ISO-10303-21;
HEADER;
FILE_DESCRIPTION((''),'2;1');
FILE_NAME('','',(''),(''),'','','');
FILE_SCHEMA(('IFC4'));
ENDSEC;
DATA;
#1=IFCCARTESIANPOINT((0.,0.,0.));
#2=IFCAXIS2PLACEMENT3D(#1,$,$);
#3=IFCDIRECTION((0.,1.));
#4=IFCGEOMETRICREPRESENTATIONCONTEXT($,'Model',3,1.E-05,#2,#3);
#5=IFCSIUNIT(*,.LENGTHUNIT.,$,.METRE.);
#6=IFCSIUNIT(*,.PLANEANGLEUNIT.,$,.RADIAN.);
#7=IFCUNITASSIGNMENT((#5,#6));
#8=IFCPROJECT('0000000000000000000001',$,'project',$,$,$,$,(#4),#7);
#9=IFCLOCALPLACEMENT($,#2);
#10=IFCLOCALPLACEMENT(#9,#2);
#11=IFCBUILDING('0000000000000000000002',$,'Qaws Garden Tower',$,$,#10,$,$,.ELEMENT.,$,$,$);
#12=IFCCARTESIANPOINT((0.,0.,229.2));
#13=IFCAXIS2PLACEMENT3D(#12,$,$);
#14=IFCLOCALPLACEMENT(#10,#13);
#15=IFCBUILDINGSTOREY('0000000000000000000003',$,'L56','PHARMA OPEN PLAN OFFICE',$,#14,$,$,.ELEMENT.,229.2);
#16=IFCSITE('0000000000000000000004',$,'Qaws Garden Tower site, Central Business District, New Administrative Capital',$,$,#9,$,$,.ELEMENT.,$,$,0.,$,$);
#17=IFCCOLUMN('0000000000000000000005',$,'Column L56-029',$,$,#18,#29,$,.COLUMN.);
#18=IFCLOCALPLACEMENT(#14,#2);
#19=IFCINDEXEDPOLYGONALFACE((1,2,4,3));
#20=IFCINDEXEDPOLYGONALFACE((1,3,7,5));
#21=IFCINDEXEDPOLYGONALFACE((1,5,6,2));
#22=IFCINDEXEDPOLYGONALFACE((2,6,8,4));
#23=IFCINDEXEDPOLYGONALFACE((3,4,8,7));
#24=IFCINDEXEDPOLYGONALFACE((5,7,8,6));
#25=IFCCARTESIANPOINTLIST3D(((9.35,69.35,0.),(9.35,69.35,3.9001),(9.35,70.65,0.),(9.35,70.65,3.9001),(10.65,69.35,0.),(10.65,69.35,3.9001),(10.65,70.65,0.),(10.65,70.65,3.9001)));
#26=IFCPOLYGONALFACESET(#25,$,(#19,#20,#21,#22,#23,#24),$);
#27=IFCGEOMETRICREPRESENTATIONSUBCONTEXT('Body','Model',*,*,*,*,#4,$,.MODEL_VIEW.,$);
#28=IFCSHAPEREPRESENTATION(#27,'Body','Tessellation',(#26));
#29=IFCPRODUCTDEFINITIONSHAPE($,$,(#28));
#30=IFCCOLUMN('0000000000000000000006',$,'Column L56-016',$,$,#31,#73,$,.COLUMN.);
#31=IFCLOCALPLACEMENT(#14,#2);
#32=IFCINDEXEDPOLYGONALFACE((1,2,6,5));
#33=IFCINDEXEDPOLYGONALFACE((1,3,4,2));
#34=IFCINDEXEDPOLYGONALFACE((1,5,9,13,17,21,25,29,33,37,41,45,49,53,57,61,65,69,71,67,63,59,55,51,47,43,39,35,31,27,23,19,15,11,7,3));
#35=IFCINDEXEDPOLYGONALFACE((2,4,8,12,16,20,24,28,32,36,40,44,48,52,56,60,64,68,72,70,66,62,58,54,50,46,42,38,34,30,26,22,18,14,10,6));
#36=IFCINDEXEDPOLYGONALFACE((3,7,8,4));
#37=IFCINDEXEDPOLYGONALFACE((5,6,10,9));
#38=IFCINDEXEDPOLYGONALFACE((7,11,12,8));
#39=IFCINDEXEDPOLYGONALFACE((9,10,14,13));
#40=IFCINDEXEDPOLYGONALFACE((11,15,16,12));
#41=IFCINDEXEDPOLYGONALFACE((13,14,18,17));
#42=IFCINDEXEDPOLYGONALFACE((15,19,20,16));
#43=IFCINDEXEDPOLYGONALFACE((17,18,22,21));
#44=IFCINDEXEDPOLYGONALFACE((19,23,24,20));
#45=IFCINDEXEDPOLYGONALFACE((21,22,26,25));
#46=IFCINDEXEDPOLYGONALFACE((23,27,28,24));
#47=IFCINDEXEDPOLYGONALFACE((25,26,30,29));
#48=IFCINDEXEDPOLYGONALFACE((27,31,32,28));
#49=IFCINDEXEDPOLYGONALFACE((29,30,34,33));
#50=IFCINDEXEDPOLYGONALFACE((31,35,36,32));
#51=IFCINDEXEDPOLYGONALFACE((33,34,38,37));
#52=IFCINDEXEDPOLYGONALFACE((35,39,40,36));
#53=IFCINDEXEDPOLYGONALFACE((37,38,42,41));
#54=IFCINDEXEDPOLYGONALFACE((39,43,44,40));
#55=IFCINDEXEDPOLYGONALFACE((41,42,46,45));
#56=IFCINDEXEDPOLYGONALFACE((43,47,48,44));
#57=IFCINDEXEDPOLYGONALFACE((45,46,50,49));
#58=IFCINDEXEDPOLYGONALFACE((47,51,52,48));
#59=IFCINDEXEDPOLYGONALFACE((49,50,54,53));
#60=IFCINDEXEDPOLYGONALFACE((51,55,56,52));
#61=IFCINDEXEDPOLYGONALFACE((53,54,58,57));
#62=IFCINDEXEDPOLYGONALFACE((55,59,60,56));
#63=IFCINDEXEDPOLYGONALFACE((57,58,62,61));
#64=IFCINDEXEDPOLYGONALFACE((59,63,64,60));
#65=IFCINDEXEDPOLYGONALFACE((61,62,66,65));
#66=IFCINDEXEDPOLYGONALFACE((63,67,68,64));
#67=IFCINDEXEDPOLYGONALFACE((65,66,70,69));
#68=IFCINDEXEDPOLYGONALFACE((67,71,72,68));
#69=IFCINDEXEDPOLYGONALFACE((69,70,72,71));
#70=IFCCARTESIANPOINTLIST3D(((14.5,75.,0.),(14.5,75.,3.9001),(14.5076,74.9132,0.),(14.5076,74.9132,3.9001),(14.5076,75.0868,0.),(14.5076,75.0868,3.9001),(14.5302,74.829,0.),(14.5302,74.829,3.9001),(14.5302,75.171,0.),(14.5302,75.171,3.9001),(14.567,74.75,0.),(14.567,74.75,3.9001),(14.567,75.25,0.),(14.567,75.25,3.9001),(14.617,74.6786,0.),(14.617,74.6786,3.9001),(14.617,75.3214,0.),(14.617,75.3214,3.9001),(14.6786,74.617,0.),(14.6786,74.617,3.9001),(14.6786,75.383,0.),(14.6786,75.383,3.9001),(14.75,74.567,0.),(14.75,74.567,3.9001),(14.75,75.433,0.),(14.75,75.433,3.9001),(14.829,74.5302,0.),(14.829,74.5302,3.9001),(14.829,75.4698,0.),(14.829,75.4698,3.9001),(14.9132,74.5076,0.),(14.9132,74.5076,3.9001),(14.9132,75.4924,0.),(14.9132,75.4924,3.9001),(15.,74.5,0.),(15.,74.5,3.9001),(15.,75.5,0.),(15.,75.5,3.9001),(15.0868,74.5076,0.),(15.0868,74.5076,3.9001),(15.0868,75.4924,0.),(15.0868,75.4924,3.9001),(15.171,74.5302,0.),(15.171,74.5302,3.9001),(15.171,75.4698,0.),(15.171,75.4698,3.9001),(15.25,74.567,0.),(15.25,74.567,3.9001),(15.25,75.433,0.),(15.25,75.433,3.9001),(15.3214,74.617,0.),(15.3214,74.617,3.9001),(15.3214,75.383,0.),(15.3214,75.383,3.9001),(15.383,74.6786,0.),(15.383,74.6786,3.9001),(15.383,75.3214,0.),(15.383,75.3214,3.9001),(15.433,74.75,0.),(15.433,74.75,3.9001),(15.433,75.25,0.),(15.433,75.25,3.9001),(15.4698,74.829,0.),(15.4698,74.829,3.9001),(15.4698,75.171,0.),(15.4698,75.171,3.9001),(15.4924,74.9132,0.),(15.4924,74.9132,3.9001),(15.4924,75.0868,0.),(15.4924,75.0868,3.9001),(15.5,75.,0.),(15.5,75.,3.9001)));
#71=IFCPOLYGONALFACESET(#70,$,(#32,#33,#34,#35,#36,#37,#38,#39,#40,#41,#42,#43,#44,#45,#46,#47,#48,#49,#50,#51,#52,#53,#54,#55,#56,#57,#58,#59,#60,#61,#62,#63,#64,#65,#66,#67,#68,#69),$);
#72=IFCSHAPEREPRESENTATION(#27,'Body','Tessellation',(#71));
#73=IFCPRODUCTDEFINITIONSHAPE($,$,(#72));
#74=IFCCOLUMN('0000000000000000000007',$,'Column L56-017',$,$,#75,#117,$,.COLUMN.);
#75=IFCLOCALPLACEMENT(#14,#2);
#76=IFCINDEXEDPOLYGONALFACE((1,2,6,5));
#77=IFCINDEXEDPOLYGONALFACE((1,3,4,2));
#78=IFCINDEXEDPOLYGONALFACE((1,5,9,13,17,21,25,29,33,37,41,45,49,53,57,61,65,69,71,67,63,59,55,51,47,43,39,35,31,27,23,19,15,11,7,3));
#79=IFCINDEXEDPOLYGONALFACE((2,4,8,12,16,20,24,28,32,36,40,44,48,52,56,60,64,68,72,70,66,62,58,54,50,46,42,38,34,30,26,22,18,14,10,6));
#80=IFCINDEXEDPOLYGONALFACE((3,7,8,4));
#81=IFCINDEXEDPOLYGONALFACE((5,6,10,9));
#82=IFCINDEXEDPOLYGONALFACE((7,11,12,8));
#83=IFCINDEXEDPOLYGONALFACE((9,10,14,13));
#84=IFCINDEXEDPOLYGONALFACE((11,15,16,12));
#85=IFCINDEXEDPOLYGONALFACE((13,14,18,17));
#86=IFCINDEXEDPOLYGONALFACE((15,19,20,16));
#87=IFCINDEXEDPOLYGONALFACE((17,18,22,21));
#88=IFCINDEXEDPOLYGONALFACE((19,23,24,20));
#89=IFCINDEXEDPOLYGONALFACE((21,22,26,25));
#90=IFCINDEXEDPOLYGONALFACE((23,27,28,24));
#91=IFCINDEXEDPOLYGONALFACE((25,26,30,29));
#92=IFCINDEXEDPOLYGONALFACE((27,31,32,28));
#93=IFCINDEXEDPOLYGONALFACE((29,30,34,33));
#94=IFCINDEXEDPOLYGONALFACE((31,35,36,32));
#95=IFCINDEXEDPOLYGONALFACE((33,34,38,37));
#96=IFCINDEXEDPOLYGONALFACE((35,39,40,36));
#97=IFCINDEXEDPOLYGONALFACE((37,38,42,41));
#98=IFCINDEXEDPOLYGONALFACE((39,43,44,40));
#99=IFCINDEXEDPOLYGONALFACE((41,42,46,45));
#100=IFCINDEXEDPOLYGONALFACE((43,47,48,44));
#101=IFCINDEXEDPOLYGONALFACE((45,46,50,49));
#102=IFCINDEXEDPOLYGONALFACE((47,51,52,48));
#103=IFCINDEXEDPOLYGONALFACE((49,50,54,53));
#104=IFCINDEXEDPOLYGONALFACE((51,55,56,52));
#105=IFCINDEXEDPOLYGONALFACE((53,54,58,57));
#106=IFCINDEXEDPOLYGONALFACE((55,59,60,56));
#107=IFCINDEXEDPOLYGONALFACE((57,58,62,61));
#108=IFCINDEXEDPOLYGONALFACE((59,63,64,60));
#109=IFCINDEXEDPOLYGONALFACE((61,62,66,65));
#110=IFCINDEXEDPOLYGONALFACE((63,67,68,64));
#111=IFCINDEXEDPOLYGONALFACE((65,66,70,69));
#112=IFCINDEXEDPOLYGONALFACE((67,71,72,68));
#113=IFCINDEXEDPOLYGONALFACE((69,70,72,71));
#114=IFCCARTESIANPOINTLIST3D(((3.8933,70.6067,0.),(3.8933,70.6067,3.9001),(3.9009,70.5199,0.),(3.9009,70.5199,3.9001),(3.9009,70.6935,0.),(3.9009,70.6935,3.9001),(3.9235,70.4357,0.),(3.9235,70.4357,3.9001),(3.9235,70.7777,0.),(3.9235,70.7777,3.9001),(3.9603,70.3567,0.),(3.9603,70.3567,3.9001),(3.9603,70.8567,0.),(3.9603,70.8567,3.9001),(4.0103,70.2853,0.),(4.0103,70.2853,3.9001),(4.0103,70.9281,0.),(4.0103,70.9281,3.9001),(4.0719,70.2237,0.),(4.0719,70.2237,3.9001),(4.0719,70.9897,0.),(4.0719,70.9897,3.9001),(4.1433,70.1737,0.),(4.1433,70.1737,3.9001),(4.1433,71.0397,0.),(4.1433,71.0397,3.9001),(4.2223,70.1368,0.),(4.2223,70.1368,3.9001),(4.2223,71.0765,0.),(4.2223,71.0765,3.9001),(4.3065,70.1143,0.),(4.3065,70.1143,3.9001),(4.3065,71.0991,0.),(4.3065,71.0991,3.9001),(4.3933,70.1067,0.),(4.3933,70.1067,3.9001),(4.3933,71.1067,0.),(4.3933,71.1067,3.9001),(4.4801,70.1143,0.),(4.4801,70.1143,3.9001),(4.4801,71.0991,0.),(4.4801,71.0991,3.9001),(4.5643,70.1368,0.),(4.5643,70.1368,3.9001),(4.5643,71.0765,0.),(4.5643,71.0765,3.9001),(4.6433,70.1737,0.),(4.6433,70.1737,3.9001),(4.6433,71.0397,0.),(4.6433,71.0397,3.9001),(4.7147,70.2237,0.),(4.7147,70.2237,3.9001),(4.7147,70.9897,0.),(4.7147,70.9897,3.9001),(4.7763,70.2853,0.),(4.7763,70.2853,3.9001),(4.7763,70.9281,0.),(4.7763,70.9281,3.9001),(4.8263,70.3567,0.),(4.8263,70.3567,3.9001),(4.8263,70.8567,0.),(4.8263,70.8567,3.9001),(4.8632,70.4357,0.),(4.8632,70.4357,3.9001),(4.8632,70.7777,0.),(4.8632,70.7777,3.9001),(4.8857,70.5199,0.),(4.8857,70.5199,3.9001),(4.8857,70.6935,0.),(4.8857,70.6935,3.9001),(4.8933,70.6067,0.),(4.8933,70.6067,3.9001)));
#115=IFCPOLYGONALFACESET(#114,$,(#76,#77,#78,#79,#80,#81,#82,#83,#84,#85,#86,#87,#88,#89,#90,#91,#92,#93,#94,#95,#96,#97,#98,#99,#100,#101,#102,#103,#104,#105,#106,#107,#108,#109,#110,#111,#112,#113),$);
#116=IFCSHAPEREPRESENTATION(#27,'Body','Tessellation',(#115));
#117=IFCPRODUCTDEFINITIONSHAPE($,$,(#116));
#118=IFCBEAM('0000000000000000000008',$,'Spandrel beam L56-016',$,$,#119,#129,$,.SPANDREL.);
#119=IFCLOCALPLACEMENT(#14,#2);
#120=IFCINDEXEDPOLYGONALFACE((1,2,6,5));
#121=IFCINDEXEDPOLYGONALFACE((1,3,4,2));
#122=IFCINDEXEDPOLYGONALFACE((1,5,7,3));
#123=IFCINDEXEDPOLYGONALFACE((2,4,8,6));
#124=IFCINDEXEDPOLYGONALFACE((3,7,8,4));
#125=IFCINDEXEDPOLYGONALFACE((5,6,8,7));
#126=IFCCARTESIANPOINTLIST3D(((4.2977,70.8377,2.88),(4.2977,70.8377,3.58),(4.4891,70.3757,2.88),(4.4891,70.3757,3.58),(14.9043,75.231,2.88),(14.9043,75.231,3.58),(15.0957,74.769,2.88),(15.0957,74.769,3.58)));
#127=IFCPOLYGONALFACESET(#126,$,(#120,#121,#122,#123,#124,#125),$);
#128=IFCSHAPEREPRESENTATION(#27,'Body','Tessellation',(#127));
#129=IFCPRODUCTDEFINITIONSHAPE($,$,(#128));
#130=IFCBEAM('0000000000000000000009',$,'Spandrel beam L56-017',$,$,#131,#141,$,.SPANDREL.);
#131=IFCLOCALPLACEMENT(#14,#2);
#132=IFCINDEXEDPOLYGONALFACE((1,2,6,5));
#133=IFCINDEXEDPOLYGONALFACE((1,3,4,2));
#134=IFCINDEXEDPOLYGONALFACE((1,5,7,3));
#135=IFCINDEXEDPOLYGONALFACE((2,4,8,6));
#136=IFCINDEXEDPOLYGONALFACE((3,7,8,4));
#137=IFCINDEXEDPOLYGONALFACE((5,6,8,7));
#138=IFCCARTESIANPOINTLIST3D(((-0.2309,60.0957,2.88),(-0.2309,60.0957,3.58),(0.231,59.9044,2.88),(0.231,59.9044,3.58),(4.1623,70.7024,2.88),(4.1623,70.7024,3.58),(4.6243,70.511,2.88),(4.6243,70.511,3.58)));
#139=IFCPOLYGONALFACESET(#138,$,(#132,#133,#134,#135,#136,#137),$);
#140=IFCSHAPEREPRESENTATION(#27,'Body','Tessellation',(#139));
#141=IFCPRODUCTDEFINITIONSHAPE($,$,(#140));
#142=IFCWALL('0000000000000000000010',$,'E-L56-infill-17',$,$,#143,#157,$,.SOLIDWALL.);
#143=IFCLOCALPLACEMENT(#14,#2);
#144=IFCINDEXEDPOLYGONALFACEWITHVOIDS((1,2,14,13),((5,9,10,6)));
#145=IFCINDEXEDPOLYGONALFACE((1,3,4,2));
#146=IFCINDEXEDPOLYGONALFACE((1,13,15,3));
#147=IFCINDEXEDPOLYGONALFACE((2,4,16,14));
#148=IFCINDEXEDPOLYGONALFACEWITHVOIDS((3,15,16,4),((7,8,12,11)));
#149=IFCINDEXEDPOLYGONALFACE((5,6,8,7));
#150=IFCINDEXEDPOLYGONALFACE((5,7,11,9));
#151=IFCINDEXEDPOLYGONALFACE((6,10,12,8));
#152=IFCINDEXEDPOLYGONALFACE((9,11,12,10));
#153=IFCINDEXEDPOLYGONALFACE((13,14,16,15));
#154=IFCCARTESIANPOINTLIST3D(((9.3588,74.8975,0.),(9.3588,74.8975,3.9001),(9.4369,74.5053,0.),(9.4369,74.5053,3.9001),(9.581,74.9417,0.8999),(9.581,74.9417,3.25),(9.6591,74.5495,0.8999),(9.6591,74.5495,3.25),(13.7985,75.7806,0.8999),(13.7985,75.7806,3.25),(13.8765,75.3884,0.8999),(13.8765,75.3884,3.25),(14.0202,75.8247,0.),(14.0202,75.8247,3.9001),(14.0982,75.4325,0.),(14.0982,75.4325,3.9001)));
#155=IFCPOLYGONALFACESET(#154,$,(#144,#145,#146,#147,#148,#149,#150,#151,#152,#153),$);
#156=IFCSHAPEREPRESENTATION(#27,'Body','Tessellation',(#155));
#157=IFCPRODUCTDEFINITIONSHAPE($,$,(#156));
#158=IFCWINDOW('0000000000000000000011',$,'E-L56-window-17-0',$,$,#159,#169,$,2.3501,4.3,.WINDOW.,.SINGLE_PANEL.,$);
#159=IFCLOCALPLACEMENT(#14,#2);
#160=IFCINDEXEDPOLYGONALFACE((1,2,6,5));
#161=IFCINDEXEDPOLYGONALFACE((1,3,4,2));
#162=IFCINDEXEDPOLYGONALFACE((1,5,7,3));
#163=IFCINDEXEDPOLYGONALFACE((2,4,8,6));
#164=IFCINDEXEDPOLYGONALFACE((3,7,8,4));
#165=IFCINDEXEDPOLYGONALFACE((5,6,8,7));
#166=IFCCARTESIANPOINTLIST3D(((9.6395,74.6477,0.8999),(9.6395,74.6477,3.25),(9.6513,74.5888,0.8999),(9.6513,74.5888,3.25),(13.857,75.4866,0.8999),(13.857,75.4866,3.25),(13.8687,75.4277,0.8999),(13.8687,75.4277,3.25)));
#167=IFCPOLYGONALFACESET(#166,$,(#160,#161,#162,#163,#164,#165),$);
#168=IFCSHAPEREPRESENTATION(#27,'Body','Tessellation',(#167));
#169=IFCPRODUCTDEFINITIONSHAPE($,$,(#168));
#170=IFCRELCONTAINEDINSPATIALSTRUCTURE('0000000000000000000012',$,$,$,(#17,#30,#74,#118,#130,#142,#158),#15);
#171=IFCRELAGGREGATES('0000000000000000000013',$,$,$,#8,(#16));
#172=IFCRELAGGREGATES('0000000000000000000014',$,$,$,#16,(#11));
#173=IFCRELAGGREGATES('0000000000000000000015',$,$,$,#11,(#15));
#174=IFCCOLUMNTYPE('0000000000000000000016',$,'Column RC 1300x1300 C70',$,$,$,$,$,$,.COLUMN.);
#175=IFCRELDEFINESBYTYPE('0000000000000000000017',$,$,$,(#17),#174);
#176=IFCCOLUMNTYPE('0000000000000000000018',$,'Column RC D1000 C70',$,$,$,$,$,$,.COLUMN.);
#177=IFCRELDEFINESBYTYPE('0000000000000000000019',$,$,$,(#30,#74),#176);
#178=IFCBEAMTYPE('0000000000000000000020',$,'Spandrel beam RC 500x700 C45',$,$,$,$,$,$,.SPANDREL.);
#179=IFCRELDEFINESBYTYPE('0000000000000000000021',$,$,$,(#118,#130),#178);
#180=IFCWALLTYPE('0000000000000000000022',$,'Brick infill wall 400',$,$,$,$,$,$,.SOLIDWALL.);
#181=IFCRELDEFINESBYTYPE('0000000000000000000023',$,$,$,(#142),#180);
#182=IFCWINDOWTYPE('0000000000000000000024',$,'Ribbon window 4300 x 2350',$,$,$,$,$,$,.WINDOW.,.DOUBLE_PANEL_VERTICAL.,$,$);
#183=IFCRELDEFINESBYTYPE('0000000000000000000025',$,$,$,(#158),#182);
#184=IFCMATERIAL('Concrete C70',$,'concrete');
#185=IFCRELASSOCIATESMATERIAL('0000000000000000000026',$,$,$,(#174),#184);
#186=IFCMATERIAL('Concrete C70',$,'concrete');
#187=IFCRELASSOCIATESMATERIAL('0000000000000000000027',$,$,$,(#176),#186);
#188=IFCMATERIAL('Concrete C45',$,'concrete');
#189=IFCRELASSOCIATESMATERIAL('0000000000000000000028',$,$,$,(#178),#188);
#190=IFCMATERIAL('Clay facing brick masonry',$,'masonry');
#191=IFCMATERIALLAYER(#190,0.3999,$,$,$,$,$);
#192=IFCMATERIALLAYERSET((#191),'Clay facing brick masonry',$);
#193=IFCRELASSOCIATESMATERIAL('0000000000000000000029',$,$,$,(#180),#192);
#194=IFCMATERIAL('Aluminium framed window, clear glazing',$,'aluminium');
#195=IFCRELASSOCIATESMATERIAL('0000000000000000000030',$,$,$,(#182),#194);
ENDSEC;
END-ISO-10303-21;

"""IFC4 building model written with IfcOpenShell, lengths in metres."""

from ifc_helpers import new_model, si_unit, direction, frame, frame_2d, origin, origin_2d, place, context, subcontext, project, spatial, rectangle, circle, extrude, material, layer, layer_set, material_profile, profile_set, type_object, element, fill, save


model = new_model("IFC4")

# Units and contexts
model_context = context("Model", 3, precision=1e-05, world=origin(), true_north=direction((0.0, 1.0)))
body_context = subcontext(model_context, "Body", "Model", "MODEL_VIEW")
ifc_project = project(units=[si_unit("LENGTHUNIT", "METRE"), si_unit("PLANEANGLEUNIT", "RADIAN")], contexts=[model_context])

# Site, building, storey
site_placement = place(None, origin())
site = spatial("IfcSite", under=ifc_project, at=site_placement, Name="Qaws Garden Tower site, Central Business District, New Administrative Capital", CompositionType="ELEMENT", RefElevation=0.0)
building_placement = place(site_placement, origin())
building = spatial("IfcBuilding", under=site, at=building_placement, Name="Qaws Garden Tower", CompositionType="ELEMENT")
storey_placement = place(building_placement, frame((0.0, 0.0, 229.2)))
storey = spatial("IfcBuildingStorey", under=building, at=storey_placement, Name="L56", Description="PHARMA OPEN PLAN OFFICE", CompositionType="ELEMENT", Elevation=229.2)

# Columns
ifc_material_1 = material(Name="Concrete C70", Category="concrete")
ifc_material_profile_1 = material_profile(ifc_material_1, rectangle(XDim=1.3, YDim=1.3, at=origin_2d()), Name="RC 1300x1300")
ifc_profile_set_1 = profile_set([ifc_material_profile_1], Name="Concrete C70")
column_type_1 = type_object("IfcColumnType", Name="Column RC 1300x1300 C70", PredefinedType="COLUMN", material=ifc_profile_set_1)
column_placement = place(storey_placement, frame((10.0, 70.0, 0.0), z_axis=(0.0, 0.0, 1.0), x_axis=(1.0, 0.0, 0.0)))
element("IfcColumn", 1, at=column_placement, inside=storey, type_object=column_type_1, Name="Column L56-029", PredefinedType="COLUMN", context=body_context, shape_type="SweptSolid", body=[
    extrude(rectangle(XDim=1.3, YDim=1.3, at=origin_2d()), origin(), (0.0, 0.0, 1.0), 3.9001),
])
ifc_material_2 = material(Name="Concrete C70", Category="concrete")
ifc_material_profile_2 = material_profile(ifc_material_2, circle(Radius=0.5, at=origin_2d()), Name="RC D1000")
ifc_profile_set_2 = profile_set([ifc_material_profile_2], Name="Concrete C70")
column_type_2 = type_object("IfcColumnType", Name="Column RC D1000 C70", PredefinedType="COLUMN", material=ifc_profile_set_2)
for number, where, z_axis, x_axis, name in (
    (2, (15.0, 75.0, 0.0), (0.0, 0.0, 1.0), (1.0, 0.0, 0.0), "Column L56-016"),
    (3, (4.3933, 70.6067, 0.0), (0.0, 0.0, 1.0), (1.0, 0.0, 0.0), "Column L56-017"),
):
    element("IfcColumn", number, at=place(storey_placement, frame(where, z_axis=z_axis, x_axis=x_axis)), inside=storey, type_object=column_type_2, Name=name, PredefinedType="COLUMN", context=body_context, shape_type="SweptSolid", body=[
        extrude(circle(Radius=0.5, at=origin_2d()), origin(), (0.0, 0.0, 1.0), 3.9001),
    ])

# Beams
ifc_material_3 = material(Name="Concrete C45", Category="concrete")
ifc_material_profile_3 = material_profile(ifc_material_3, rectangle(XDim=0.5, YDim=0.7, at=origin_2d()), Name="RC 500x700")
ifc_profile_set_3 = profile_set([ifc_material_profile_3], Name="Concrete C45")
beam_type = type_object("IfcBeamType", Name="Spandrel beam RC 500x700 C45", PredefinedType="SPANDREL", material=ifc_profile_set_3)
for number, where, z_axis, x_axis, name in (
    (4, (15.0, 75.0, 3.23), (-0.923883, -0.382674, 0.0), (0.382674, -0.923883, 0.0), "Spandrel beam L56-016"),
    (5, (4.3933, 70.6067, 3.23), (-0.382674, -0.923883, 0.0), (0.923883, -0.382674, 0.0), "Spandrel beam L56-017"),
):
    element("IfcBeam", number, at=place(storey_placement, frame(where, z_axis=z_axis, x_axis=x_axis)), inside=storey, type_object=beam_type, Name=name, PredefinedType="SPANDREL", context=body_context, shape_type="SweptSolid", body=[
        extrude(rectangle(XDim=0.5, YDim=0.7, at=origin_2d()), origin(), (0.0, 0.0, 1.0), 11.4805),
    ])

# Wall, opening, window
ifc_material_4 = material(Name="Clay facing brick masonry", Category="masonry")
ifc_layer_1 = layer(ifc_material_4, 0.3999)
ifc_layer_set_1 = layer_set([ifc_layer_1], Name="Clay facing brick masonry")
wall_type_1 = type_object("IfcWallType", Name="Brick infill wall 400", PredefinedType="SOLIDWALL", material=ifc_layer_set_1)
wall_1_placement = place(storey_placement, frame((14.0593, 75.6287, 0.0), z_axis=(0.0, 0.0, 1.0), x_axis=(-0.980784, -0.195099, 0.0)))
wall_1 = element("IfcWall", 6, at=wall_1_placement, inside=storey, type_object=wall_type_1, Name="E-L56-infill-17", PredefinedType="SOLIDWALL", context=body_context, shape_type="SweptSolid", body=[
    extrude(rectangle(XDim=4.7527, YDim=0.3999, at=frame_2d((2.3765, 0.0))), origin(), (0.0, 0.0, 1.0), 3.9001),
])
opening_1_placement = place(wall_1_placement, frame((0.2263, 0.0, 0.8999)))
opening_1 = element("IfcOpeningElement", 7, at=opening_1_placement, cuts=wall_1, PredefinedType="OPENING", context=body_context, shape_type="SweptSolid", body=[
    extrude(rectangle(XDim=4.3, YDim=2.3501, at=frame_2d((2.1499, 1.175))), frame((0.0, 0.21, 0.0), z_axis=(0.0, -1.0, 0.0), x_axis=(1.0, 0.0, 0.0)), (0.0, 0.0, 1.0), 0.4199),
])
ifc_material_5 = material(Name="Aluminium framed window, clear glazing", Category="aluminium")
window_type = type_object("IfcWindowType", Name="Ribbon window 4300 x 2350", PartitioningType="DOUBLE_PANEL_VERTICAL", PredefinedType="WINDOW", material=ifc_material_5)
window_1_placement = place(opening_1_placement, origin())
window_1 = element("IfcWindow", 8, at=window_1_placement, inside=storey, type_object=window_type, Name="E-L56-window-17-0", OverallHeight=2.3501, OverallWidth=4.3, PartitioningType="SINGLE_PANEL", PredefinedType="WINDOW", context=body_context, shape_type="SweptSolid", body=[
    extrude(rectangle(XDim=4.3, YDim=2.3501, at=frame_2d((2.1499, 1.175))), frame((0.0, 0.1599, 0.0), z_axis=(0.0, -1.0, 0.0), x_axis=(1.0, 0.0, 0.0)), (0.0, 0.0, 1.0), 0.0601),
])
fill(opening_1, window_1)

save(model, "model.ifc")
